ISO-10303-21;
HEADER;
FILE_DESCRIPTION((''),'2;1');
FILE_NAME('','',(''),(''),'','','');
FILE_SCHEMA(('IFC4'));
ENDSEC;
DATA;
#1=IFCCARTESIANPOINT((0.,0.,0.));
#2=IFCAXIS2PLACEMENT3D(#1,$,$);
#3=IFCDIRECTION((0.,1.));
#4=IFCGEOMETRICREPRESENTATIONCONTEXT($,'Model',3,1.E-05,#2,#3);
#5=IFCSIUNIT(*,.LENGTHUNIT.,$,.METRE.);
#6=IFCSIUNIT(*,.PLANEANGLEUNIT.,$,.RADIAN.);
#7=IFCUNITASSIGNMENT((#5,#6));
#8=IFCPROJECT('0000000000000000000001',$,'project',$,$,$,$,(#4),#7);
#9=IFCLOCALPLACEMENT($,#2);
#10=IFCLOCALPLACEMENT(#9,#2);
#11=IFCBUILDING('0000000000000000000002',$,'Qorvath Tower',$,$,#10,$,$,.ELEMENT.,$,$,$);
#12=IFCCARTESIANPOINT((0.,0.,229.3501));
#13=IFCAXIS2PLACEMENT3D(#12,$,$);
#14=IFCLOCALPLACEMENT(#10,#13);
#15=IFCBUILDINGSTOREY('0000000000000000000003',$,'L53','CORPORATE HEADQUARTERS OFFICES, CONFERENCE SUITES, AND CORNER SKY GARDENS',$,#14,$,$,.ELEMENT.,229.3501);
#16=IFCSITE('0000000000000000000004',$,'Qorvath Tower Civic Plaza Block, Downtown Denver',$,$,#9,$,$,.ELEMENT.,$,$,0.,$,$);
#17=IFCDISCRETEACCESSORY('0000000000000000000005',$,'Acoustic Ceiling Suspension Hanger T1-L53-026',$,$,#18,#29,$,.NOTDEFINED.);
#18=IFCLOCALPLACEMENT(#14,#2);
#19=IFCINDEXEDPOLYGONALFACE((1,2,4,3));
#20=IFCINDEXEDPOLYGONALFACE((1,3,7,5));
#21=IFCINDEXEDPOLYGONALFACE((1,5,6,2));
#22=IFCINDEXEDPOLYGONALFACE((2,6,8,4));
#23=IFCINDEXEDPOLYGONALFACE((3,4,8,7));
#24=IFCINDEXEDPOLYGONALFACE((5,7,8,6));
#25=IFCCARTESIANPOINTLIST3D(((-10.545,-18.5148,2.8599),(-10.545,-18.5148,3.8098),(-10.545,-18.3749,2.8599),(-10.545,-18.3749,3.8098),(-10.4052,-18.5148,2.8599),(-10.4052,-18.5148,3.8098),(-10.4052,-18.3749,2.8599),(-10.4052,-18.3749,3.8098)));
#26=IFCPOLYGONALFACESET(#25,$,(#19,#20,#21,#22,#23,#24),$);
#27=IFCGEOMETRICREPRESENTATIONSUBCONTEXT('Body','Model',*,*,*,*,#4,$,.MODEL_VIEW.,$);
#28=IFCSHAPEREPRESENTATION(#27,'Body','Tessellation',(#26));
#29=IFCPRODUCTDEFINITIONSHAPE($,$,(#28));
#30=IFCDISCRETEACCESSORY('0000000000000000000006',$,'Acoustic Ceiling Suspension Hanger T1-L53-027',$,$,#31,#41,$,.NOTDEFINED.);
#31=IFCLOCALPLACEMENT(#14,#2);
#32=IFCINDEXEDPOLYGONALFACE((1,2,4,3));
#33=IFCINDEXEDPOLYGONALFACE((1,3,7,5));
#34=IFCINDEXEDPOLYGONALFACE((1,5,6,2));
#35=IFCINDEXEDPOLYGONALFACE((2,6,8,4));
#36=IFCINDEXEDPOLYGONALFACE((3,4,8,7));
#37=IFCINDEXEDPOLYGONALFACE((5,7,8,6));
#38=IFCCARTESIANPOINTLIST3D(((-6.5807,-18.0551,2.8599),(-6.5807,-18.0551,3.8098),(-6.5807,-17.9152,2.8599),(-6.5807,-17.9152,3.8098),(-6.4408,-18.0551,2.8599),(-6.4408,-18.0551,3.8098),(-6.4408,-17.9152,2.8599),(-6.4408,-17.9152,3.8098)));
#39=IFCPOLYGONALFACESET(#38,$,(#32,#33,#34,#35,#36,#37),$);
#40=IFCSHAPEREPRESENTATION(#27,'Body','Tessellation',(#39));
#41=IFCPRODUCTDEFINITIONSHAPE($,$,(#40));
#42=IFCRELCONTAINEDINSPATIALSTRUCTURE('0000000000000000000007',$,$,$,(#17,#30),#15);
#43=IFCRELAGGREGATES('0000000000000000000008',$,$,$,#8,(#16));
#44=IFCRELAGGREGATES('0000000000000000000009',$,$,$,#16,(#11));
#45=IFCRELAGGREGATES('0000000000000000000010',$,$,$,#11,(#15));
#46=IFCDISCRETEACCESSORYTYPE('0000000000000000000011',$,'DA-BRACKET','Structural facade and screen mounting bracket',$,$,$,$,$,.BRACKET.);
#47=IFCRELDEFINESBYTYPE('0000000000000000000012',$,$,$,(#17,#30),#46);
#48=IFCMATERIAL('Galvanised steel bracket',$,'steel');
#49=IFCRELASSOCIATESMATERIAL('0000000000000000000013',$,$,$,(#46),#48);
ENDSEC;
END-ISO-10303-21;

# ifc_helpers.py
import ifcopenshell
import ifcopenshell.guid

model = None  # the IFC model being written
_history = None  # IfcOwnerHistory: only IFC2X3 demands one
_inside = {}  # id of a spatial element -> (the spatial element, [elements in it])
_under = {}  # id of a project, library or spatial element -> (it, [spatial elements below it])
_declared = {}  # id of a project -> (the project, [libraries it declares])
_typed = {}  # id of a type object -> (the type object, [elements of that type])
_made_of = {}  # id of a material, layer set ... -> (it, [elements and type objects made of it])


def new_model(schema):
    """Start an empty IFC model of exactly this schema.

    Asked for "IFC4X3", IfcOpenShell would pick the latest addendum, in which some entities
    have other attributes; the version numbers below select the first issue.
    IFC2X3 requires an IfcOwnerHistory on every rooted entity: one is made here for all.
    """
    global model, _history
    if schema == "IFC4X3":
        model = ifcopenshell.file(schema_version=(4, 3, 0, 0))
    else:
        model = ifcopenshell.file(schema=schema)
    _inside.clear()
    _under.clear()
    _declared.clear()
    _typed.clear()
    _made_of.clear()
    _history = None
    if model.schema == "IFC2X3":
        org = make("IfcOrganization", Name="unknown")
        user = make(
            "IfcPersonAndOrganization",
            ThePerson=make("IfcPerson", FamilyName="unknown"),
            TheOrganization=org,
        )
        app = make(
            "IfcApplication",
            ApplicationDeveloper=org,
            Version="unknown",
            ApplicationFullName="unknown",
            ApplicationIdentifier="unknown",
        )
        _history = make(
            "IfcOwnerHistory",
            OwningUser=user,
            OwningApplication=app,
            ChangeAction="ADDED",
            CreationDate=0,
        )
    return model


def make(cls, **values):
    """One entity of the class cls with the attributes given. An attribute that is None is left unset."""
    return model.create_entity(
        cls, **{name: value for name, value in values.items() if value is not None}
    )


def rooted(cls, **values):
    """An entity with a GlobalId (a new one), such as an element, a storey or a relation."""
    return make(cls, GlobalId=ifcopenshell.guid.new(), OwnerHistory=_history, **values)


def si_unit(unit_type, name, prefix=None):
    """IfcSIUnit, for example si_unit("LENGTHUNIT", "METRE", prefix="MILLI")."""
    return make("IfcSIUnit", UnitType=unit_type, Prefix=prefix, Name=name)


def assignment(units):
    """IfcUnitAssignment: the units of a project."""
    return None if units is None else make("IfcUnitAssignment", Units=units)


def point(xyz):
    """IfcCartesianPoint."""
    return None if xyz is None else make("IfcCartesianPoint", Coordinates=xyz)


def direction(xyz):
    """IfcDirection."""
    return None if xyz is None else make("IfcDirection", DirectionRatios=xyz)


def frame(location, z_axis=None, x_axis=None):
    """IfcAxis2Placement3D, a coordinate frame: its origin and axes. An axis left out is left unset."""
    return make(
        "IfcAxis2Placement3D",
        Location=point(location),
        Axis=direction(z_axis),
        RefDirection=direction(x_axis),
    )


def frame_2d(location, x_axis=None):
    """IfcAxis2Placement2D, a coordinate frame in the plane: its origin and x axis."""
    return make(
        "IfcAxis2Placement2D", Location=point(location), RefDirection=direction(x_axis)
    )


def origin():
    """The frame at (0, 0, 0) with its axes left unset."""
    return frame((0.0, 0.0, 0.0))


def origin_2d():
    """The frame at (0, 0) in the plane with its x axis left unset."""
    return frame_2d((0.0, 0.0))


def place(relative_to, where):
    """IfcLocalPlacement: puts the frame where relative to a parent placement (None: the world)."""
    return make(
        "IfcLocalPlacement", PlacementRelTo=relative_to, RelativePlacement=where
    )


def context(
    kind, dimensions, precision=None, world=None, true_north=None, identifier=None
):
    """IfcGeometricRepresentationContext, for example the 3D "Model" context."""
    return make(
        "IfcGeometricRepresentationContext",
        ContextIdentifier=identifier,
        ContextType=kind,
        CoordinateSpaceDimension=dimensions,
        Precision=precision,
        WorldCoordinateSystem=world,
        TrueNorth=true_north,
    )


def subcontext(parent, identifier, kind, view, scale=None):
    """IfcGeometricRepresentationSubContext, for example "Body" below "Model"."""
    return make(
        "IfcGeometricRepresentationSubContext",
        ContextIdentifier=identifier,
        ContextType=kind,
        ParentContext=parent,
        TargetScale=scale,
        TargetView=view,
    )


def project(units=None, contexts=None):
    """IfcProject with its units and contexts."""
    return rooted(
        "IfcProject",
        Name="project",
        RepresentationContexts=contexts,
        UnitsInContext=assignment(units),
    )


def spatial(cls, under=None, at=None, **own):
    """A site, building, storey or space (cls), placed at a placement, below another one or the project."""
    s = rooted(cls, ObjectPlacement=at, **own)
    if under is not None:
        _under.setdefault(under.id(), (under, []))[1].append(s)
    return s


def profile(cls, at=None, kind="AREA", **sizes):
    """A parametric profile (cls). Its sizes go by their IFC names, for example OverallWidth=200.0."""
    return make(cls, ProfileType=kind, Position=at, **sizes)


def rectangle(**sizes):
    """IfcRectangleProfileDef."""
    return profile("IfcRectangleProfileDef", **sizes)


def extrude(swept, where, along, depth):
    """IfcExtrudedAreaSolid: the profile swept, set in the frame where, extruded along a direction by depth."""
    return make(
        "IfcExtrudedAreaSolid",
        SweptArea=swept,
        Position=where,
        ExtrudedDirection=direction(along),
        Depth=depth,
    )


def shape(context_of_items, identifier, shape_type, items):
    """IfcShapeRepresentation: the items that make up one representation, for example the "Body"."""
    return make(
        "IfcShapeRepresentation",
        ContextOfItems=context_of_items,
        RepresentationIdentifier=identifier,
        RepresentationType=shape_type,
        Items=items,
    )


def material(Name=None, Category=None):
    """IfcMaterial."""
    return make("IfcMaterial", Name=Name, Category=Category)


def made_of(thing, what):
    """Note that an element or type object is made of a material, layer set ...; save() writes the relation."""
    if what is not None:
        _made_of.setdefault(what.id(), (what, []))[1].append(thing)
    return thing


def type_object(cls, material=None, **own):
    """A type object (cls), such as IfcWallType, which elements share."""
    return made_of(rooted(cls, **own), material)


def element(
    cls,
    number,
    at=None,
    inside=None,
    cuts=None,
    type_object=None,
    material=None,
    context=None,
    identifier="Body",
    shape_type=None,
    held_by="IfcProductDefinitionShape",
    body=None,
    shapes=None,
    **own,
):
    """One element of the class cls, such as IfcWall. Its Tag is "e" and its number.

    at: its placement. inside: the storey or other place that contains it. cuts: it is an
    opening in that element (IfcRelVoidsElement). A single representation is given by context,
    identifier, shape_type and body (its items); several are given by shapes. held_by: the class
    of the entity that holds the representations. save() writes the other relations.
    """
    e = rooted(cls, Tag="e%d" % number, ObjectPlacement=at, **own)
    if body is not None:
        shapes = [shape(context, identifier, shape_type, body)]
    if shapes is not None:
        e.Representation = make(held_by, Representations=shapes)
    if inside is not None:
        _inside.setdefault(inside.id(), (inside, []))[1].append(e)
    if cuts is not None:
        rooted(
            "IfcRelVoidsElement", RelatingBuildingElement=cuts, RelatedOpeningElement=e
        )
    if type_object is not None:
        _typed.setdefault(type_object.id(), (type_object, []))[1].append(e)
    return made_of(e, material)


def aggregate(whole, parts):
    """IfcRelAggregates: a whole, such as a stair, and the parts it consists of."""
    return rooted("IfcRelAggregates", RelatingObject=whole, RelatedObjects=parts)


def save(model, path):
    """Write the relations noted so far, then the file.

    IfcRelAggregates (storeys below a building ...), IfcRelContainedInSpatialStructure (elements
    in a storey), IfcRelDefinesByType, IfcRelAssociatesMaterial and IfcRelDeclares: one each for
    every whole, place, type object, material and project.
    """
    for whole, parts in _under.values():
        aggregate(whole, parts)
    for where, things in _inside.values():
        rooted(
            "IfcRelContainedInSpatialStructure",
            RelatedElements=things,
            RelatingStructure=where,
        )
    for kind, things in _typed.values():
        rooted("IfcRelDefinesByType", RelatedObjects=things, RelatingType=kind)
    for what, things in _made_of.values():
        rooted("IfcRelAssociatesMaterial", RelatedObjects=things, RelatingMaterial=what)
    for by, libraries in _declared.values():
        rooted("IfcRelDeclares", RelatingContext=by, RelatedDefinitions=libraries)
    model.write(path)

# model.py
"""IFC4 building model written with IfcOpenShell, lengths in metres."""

from ifc_helpers import new_model, si_unit, direction, frame, origin, origin_2d, place, context, subcontext, project, spatial, rectangle, extrude, material, type_object, element, save


model = new_model("IFC4")

# Units and contexts
model_context = context("Model", 3, precision=1e-05, world=origin(), true_north=direction((0.0, 1.0)))
body_context = subcontext(model_context, "Body", "Model", "MODEL_VIEW")
ifc_project = project(units=[si_unit("LENGTHUNIT", "METRE"), si_unit("PLANEANGLEUNIT", "RADIAN")], contexts=[model_context])

# Site, building, storey
site_placement = place(None, origin())
site = spatial("IfcSite", under=ifc_project, at=site_placement, Name="Qorvath Tower Civic Plaza Block, Downtown Denver", CompositionType="ELEMENT", RefElevation=0.0)
building_placement = place(site_placement, origin())
building = spatial("IfcBuilding", under=site, at=building_placement, Name="Qorvath Tower", CompositionType="ELEMENT")
storey_placement = place(building_placement, frame((0.0, 0.0, 229.3501)))
storey = spatial("IfcBuildingStorey", under=building, at=storey_placement, Name="L53", Description="CORPORATE HEADQUARTERS OFFICES, CONFERENCE SUITES, AND CORNER SKY GARDENS", CompositionType="ELEMENT", Elevation=229.3501)

# Discrete accessories
ifc_material_1 = material(Name="Galvanised steel bracket", Category="steel")
discrete_accessory_type = type_object("IfcDiscreteAccessoryType", Name="DA-BRACKET", Description="Structural facade and screen mounting bracket", PredefinedType="BRACKET", material=ifc_material_1)
for number, where, z_axis, x_axis, name in (
    (1, (-10.4751, -18.4448, 2.8599), (0.0, 0.0, 1.0), (1.0, 0.0, 0.0), "Acoustic Ceiling Suspension Hanger T1-L53-026"),
    (2, (-6.5107, -17.9851, 2.8599), (0.0, 0.0, 1.0), (1.0, 0.0, 0.0), "Acoustic Ceiling Suspension Hanger T1-L53-027"),
):
    element("IfcDiscreteAccessory", number, at=place(storey_placement, frame(where, z_axis=z_axis, x_axis=x_axis)), inside=storey, type_object=discrete_accessory_type, Name=name, PredefinedType="NOTDEFINED", context=body_context, shape_type="SweptSolid", body=[
        extrude(rectangle(XDim=0.1399, YDim=0.1399, at=origin_2d()), origin(), (0.0, 0.0, 1.0), 0.95),
    ])

save(model, "model.ifc")
